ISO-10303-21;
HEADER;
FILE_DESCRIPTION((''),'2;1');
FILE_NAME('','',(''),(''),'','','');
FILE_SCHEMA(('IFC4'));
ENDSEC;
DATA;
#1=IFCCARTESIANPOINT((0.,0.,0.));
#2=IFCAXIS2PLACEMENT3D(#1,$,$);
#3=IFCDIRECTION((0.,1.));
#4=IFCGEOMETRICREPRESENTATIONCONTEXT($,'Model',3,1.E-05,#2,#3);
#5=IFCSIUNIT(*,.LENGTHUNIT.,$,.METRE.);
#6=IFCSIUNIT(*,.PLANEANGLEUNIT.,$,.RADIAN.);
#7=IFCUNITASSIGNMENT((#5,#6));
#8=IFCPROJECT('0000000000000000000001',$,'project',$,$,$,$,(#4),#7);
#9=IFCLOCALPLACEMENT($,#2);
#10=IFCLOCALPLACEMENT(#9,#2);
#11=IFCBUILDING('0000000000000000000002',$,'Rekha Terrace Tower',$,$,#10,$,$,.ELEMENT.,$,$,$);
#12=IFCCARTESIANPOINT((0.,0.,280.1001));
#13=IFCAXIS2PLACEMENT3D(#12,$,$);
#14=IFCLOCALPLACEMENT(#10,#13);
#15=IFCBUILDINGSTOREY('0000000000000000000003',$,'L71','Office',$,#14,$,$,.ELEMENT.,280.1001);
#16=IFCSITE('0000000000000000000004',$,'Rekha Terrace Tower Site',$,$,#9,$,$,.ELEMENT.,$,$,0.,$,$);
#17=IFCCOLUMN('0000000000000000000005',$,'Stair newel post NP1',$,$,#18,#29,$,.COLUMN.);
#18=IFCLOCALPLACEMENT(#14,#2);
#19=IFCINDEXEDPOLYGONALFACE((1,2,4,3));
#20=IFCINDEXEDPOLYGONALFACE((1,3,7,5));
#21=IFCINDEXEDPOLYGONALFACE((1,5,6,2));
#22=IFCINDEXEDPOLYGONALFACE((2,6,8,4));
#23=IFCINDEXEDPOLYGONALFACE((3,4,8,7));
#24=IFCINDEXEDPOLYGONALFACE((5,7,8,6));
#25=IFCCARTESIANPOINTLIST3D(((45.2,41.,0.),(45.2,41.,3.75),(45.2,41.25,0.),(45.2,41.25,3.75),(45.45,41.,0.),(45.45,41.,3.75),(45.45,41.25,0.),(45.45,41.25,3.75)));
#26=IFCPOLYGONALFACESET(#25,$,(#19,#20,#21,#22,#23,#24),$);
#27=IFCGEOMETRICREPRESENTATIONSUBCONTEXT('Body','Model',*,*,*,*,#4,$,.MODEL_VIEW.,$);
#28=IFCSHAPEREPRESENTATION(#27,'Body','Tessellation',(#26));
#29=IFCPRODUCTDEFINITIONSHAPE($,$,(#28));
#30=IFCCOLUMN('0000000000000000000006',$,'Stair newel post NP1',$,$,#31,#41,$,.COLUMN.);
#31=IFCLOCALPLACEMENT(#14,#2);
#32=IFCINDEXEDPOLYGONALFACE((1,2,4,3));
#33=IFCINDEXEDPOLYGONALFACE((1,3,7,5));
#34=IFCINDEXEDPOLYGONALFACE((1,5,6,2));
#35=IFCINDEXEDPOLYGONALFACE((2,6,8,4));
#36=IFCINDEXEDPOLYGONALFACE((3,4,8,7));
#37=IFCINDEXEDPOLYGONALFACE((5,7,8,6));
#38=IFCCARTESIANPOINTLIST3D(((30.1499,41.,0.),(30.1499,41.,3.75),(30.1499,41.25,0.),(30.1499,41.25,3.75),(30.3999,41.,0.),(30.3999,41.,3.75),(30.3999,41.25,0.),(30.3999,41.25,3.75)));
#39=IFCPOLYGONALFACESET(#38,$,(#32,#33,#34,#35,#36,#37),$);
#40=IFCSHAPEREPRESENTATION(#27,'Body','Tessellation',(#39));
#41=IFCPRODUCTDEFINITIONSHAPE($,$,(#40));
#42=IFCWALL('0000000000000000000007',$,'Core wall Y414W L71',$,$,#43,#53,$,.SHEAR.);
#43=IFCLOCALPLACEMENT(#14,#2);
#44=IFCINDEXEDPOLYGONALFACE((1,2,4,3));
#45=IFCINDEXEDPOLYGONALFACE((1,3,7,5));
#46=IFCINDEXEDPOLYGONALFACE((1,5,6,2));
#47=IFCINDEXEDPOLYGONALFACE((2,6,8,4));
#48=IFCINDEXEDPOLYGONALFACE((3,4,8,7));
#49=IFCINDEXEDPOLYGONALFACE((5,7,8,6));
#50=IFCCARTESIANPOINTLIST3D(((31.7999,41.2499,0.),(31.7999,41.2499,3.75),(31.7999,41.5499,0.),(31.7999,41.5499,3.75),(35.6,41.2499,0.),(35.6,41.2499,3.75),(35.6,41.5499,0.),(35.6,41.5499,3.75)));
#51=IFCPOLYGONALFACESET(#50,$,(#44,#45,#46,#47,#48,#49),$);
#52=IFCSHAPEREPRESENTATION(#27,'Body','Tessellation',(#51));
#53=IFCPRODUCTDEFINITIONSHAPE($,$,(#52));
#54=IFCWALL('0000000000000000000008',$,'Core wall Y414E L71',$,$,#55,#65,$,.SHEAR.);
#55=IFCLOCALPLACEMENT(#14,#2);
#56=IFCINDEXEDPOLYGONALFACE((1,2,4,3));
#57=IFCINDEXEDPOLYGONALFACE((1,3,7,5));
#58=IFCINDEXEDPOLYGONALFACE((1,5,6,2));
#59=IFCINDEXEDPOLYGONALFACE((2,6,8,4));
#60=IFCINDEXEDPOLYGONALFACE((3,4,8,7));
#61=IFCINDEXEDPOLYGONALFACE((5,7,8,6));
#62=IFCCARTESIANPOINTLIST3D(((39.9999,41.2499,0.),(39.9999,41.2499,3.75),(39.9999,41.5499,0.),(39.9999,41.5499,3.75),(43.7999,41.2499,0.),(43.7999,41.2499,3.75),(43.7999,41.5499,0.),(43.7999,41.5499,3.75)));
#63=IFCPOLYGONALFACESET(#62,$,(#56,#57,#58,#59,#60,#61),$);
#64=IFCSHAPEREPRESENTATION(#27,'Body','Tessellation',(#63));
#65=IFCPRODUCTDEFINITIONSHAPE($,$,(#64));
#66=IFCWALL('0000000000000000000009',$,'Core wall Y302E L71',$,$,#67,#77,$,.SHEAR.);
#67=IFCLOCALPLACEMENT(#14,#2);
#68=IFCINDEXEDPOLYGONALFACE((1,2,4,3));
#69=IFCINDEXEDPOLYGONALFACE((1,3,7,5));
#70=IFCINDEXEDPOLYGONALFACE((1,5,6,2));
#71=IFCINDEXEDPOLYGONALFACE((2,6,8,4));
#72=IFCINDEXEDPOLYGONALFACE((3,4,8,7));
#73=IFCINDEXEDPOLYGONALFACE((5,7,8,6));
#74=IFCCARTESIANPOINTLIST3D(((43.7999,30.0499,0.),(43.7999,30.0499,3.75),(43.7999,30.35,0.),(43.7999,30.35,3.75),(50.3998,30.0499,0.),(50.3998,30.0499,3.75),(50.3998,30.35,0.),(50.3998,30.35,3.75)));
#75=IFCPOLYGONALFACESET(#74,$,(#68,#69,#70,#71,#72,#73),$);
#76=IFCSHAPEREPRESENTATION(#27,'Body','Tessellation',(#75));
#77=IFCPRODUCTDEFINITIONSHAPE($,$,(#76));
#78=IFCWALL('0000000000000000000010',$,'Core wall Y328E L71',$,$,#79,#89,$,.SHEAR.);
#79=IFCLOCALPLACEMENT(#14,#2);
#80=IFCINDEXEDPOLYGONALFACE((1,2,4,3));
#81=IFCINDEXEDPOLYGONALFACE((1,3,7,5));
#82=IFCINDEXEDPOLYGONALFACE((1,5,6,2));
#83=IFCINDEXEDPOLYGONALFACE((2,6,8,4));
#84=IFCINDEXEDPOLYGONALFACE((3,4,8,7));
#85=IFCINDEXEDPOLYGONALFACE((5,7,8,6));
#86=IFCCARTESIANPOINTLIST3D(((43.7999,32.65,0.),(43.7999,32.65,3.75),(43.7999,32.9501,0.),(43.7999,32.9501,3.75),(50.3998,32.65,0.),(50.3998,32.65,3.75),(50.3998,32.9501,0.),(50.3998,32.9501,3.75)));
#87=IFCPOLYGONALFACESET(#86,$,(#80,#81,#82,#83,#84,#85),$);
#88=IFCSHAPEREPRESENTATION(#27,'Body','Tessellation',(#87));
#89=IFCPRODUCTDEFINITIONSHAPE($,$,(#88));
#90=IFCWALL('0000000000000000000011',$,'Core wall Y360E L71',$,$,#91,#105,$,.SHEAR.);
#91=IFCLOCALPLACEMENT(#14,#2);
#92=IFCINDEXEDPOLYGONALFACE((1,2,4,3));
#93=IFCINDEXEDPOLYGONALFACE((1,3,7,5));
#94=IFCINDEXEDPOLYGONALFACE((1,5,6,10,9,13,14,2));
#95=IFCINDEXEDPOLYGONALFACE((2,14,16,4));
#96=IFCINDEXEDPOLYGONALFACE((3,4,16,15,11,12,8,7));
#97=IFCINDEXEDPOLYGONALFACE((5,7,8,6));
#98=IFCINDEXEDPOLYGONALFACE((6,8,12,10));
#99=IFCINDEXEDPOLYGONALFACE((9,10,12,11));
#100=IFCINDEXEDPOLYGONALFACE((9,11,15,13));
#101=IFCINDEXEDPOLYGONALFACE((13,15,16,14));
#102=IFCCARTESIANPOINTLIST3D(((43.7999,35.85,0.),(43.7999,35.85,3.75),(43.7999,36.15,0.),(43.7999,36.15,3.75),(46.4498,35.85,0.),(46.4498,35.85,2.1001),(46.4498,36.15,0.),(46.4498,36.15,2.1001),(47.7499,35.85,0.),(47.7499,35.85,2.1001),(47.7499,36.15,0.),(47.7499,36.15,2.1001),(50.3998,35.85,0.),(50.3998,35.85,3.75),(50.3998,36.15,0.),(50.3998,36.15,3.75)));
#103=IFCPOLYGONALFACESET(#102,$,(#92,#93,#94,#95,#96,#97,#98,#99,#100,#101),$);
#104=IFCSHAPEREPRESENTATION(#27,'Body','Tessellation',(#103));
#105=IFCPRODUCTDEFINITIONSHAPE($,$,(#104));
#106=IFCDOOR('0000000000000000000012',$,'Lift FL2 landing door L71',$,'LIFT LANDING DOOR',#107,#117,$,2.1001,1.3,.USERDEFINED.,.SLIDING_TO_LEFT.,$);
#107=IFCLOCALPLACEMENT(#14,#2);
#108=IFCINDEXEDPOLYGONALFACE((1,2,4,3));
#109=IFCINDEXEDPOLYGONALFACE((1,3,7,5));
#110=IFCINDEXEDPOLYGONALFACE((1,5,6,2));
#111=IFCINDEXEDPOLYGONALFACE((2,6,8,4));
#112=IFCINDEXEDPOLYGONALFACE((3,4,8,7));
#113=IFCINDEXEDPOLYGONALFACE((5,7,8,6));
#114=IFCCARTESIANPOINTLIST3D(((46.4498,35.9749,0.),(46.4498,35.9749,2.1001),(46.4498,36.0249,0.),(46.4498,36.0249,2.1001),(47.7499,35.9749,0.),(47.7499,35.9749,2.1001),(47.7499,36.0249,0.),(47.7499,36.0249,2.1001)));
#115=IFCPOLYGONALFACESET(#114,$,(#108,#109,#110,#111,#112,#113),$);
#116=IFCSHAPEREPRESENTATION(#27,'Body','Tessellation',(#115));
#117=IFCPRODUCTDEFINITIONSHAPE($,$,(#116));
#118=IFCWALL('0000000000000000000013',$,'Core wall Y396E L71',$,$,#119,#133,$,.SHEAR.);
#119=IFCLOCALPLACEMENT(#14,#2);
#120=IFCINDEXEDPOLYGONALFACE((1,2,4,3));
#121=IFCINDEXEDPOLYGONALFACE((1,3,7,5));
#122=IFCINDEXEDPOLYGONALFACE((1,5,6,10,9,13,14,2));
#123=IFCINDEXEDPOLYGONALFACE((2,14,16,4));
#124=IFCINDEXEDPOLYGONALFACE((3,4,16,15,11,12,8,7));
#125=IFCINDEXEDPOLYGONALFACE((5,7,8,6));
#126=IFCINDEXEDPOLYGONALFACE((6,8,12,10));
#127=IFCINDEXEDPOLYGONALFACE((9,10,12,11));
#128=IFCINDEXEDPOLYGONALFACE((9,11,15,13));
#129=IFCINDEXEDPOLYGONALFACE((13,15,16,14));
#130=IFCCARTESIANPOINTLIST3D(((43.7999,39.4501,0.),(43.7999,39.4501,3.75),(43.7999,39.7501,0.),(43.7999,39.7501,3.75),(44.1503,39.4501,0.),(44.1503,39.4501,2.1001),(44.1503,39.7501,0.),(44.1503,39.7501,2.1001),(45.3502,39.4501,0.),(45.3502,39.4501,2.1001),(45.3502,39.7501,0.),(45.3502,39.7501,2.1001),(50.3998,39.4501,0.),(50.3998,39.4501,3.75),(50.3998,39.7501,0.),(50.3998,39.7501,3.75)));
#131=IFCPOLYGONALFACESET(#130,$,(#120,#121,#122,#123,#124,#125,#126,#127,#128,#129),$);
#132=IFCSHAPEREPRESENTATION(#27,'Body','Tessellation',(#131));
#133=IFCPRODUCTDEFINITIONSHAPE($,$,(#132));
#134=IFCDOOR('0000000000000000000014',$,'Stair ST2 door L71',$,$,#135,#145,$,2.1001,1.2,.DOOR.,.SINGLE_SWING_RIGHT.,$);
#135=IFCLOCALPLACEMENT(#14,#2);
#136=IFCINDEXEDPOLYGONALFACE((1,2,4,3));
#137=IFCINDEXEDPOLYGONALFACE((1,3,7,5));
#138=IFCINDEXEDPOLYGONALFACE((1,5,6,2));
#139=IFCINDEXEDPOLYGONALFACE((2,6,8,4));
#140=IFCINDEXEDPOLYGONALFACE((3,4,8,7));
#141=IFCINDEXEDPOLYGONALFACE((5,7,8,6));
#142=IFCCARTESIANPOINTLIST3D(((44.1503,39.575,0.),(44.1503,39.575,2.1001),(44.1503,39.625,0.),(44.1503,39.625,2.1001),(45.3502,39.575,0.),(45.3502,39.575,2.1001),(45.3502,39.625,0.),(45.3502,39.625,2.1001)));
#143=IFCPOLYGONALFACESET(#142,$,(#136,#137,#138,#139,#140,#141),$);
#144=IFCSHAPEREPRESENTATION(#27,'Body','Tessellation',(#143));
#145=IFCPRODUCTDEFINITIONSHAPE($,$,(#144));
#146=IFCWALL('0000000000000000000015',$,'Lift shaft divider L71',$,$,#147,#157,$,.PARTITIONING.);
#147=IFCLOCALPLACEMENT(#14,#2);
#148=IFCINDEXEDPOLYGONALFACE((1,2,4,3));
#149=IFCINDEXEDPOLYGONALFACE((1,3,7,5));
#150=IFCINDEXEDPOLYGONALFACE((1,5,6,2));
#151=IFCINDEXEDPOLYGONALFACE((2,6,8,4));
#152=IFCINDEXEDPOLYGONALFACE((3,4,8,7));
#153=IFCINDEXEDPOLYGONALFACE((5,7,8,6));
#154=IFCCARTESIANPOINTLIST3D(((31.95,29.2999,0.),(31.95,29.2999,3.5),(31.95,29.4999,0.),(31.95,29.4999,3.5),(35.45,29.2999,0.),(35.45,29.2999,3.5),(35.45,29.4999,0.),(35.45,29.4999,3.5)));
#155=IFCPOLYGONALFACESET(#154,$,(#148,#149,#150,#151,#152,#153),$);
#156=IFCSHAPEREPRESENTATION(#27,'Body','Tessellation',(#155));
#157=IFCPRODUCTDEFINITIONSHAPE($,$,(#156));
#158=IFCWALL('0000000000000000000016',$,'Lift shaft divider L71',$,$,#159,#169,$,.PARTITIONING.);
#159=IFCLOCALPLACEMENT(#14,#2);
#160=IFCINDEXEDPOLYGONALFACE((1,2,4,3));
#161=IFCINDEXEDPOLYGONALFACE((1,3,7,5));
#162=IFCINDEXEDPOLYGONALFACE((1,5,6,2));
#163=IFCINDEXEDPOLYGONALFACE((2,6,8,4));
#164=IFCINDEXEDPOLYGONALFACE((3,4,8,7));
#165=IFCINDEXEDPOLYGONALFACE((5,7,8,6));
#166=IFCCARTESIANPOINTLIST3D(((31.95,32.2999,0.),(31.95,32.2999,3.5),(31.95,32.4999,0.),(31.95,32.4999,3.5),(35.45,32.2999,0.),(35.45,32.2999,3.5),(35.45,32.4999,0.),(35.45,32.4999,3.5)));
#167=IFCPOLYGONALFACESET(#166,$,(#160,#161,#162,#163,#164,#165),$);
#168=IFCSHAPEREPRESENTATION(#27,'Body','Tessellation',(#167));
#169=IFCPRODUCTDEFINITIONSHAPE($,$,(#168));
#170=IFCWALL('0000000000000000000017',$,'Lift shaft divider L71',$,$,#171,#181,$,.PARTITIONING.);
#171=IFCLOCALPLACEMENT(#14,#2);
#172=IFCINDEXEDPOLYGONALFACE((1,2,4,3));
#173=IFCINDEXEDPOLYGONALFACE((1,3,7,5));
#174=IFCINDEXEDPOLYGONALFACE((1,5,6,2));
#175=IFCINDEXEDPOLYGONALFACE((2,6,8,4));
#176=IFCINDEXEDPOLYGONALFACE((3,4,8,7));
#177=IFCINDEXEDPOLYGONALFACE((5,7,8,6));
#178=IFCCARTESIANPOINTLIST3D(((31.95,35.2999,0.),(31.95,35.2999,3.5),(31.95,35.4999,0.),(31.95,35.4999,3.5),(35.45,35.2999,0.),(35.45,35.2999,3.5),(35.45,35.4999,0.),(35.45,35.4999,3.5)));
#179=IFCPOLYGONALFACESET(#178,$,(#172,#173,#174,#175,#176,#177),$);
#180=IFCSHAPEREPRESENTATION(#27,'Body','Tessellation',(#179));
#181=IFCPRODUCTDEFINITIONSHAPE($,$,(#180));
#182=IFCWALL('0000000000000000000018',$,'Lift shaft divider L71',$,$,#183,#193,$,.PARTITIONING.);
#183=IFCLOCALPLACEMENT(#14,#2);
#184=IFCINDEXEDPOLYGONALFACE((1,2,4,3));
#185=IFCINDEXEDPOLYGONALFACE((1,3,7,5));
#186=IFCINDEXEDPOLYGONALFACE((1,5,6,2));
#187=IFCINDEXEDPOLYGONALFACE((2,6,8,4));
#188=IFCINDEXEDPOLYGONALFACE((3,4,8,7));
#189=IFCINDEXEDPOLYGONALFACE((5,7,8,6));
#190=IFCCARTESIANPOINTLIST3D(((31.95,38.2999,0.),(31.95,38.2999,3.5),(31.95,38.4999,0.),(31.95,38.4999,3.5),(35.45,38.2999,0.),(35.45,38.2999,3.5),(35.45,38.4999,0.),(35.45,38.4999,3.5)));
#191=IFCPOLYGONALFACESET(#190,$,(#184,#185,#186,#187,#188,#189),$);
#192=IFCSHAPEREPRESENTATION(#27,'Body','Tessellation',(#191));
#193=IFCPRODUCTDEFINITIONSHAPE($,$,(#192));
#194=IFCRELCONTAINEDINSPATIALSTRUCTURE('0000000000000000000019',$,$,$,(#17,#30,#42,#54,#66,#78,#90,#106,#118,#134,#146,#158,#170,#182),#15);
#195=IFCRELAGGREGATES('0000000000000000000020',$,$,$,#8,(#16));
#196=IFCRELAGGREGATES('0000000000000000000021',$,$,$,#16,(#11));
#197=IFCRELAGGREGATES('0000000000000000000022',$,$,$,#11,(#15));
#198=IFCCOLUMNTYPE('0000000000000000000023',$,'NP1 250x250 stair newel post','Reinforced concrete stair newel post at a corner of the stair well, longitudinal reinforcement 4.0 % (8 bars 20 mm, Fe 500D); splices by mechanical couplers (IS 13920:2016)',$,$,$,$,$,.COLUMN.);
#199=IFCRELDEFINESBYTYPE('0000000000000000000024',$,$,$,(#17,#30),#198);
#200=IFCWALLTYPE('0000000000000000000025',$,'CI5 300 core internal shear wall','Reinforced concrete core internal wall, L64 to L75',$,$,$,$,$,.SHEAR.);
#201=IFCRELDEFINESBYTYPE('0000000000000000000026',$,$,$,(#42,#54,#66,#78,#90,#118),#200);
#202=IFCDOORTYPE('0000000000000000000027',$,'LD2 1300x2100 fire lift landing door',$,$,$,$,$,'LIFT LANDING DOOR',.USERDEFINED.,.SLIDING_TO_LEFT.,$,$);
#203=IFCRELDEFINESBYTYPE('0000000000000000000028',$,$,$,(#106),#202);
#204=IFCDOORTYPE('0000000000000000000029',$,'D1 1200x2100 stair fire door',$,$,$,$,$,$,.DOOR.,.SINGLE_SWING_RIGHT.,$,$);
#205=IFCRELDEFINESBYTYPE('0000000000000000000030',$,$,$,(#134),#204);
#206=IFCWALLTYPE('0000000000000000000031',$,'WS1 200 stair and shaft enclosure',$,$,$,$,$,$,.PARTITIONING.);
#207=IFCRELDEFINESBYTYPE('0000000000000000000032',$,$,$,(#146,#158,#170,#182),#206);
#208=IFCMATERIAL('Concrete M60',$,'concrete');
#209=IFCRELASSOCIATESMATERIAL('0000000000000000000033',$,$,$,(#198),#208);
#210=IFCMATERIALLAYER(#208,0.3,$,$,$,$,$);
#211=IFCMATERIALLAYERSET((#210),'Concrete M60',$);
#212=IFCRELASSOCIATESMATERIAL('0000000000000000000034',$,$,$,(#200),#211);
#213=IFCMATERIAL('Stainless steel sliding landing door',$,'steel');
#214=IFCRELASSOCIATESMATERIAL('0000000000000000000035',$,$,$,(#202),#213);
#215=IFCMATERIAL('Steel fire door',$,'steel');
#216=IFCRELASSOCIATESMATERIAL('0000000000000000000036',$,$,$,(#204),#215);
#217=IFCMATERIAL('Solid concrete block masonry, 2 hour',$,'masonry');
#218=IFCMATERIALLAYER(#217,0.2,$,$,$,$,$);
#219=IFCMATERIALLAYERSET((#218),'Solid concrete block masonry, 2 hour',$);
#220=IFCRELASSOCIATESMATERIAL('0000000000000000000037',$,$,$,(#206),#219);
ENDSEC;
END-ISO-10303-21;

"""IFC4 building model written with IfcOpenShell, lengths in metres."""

from ifc_helpers import new_model, si_unit, direction, frame, frame_2d, origin, origin_2d, place, context, subcontext, project, spatial, rectangle, extrude, material, layer, layer_set, material_profile, profile_set, type_object, element, fill, save


model = new_model("IFC4")

# Units and contexts
model_context = context("Model", 3, precision=1e-05, world=origin(), true_north=direction((0.0, 1.0)))
body_context = subcontext(model_context, "Body", "Model", "MODEL_VIEW")
ifc_project = project(units=[si_unit("LENGTHUNIT", "METRE"), si_unit("PLANEANGLEUNIT", "RADIAN")], contexts=[model_context])

# Site, building, storey
site_placement = place(None, origin())
site = spatial("IfcSite", under=ifc_project, at=site_placement, Name="Rekha Terrace Tower Site", CompositionType="ELEMENT", RefElevation=0.0)
building_placement = place(site_placement, origin())
building = spatial("IfcBuilding", under=site, at=building_placement, Name="Rekha Terrace Tower", CompositionType="ELEMENT")
storey_placement = place(building_placement, frame((0.0, 0.0, 280.1001)))
storey = spatial("IfcBuildingStorey", under=building, at=storey_placement, Name="L71", Description="Office", CompositionType="ELEMENT", Elevation=280.1001)

# Columns
ifc_material_1 = material(Name="Concrete M60", Category="concrete")
ifc_material_profile = material_profile(ifc_material_1, rectangle(XDim=0.25, YDim=0.25, at=origin_2d()), Name="RC 250x250")
ifc_profile_set = profile_set([ifc_material_profile], Name="Concrete M60")
column_type = type_object("IfcColumnType", Name="NP1 250x250 stair newel post", Description="Reinforced concrete stair newel post at a corner of the stair well, longitudinal reinforcement 4.0 % (8 bars 20 mm, Fe 500D); splices by mechanical couplers (IS 13920:2016)", PredefinedType="COLUMN", material=ifc_profile_set)
for number, where, z_axis, x_axis, name in (
    (1, (45.325, 41.125, 0.0), (0.0, 0.0, 1.0), (1.0, 0.0, 0.0), "Stair newel post NP1"),
    (2, (30.2749, 41.125, 0.0), (0.0, 0.0, 1.0), (1.0, 0.0, 0.0), "Stair newel post NP1"),
):
    element("IfcColumn", number, at=place(storey_placement, frame(where, z_axis=z_axis, x_axis=x_axis)), inside=storey, type_object=column_type, Name=name, PredefinedType="COLUMN", context=body_context, shape_type="SweptSolid", body=[
        extrude(rectangle(XDim=0.25, YDim=0.25, at=origin_2d()), origin(), (0.0, 0.0, 1.0), 3.75),
    ])

# Walls
ifc_layer_1 = layer(ifc_material_1, 0.3)
ifc_layer_set_1 = layer_set([ifc_layer_1], Name="Concrete M60")
wall_type_1 = type_object("IfcWallType", Name="CI5 300 core internal shear wall", Description="Reinforced concrete core internal wall, L64 to L75", PredefinedType="SHEAR", material=ifc_layer_set_1)
for number, where, z_axis, x_axis, name in (
    (3, (31.8, 41.3999, 0.0), (0.0, 0.0, 1.0), (1.0, 0.0, 0.0), "Core wall Y414W L71"),
    (4, (40.0, 41.3999, 0.0), (0.0, 0.0, 1.0), (1.0, 0.0, 0.0), "Core wall Y414E L71"),
):
    element("IfcWall", number, at=place(storey_placement, frame(where, z_axis=z_axis, x_axis=x_axis)), inside=storey, type_object=wall_type_1, Name=name, PredefinedType="SHEAR", context=body_context, shape_type="SweptSolid", body=[
        extrude(rectangle(XDim=3.8, YDim=0.3, at=frame_2d((1.8999, 0.0))), origin(), (0.0, 0.0, 1.0), 3.75),
    ])
for number, where, z_axis, x_axis, name in (
    (5, (43.8, 30.2, 0.0), (0.0, 0.0, 1.0), (1.0, 0.0, 0.0), "Core wall Y302E L71"),
    (6, (43.8, 32.8, 0.0), (0.0, 0.0, 1.0), (1.0, 0.0, 0.0), "Core wall Y328E L71"),
):
    element("IfcWall", number, at=place(storey_placement, frame(where, z_axis=z_axis, x_axis=x_axis)), inside=storey, type_object=wall_type_1, Name=name, PredefinedType="SHEAR", context=body_context, shape_type="SweptSolid", body=[
        extrude(rectangle(XDim=6.5999, YDim=0.3, at=frame_2d((3.2998, 0.0))), origin(), (0.0, 0.0, 1.0), 3.75),
    ])

# Walls, openings, doors
wall_1_placement = place(storey_placement, frame((43.8, 36.0, 0.0), z_axis=(0.0, 0.0, 1.0), x_axis=(1.0, 0.0, 0.0)))
wall_1 = element("IfcWall", 7, at=wall_1_placement, inside=storey, type_object=wall_type_1, Name="Core wall Y360E L71", PredefinedType="SHEAR", context=body_context, shape_type="SweptSolid", body=[
    extrude(rectangle(XDim=6.5999, YDim=0.3, at=frame_2d((3.2998, 0.0))), origin(), (0.0, 0.0, 1.0), 3.75),
])
opening_1_placement = place(wall_1_placement, frame((2.6499, 0.0, 0.0)))
opening_1 = element("IfcOpeningElement", 8, at=opening_1_placement, cuts=wall_1, PredefinedType="OPENING", context=body_context, shape_type="SweptSolid", body=[
    extrude(rectangle(XDim=1.3, YDim=2.1001, at=frame_2d((0.6499, 1.05))), frame((0.0, 0.1599, 0.0), z_axis=(0.0, -1.0, 0.0), x_axis=(1.0, 0.0, 0.0)), (0.0, 0.0, 1.0), 0.3201),
])
ifc_material_2 = material(Name="Stainless steel sliding landing door", Category="steel")
door_type_1 = type_object("IfcDoorType", Name="LD2 1300x2100 fire lift landing door", ElementType="LIFT LANDING DOOR", OperationType="SLIDING_TO_LEFT", PredefinedType="USERDEFINED", material=ifc_material_2)
door_1_placement = place(opening_1_placement, origin())
door_1 = element("IfcDoor", 9, at=door_1_placement, inside=storey, type_object=door_type_1, Name="Lift FL2 landing door L71", ObjectType="LIFT LANDING DOOR", OperationType="SLIDING_TO_LEFT", OverallHeight=2.1001, OverallWidth=1.3, PredefinedType="USERDEFINED", context=body_context, shape_type="SweptSolid", body=[
    extrude(rectangle(XDim=1.3, YDim=2.1001, at=frame_2d((0.6499, 1.05))), frame((0.0, 0.0249, 0.0), z_axis=(0.0, -1.0, 0.0), x_axis=(1.0, 0.0, 0.0)), (0.0, 0.0, 1.0), 0.05),
])
fill(opening_1, door_1)
wall_2_placement = place(storey_placement, frame((43.8, 39.6001, 0.0), z_axis=(0.0, 0.0, 1.0), x_axis=(1.0, 0.0, 0.0)))
wall_2 = element("IfcWall", 10, at=wall_2_placement, inside=storey, type_object=wall_type_1, Name="Core wall Y396E L71", PredefinedType="SHEAR", context=body_context, shape_type="SweptSolid", body=[
    extrude(rectangle(XDim=6.5999, YDim=0.3, at=frame_2d((3.2998, 0.0))), origin(), (0.0, 0.0, 1.0), 3.75),
])
opening_2_placement = place(wall_2_placement, frame((0.3501, 0.0, 0.0)))
opening_2 = element("IfcOpeningElement", 11, at=opening_2_placement, cuts=wall_2, PredefinedType="OPENING", context=body_context, shape_type="SweptSolid", body=[
    extrude(rectangle(XDim=1.2, YDim=2.1001, at=frame_2d((0.6001, 1.05))), frame((0.0, 0.1599, 0.0), z_axis=(0.0, -1.0, 0.0), x_axis=(1.0, 0.0, 0.0)), (0.0, 0.0, 1.0), 0.3201),
])
ifc_material_3 = material(Name="Steel fire door", Category="steel")
door_type_2 = type_object("IfcDoorType", Name="D1 1200x2100 stair fire door", OperationType="SINGLE_SWING_RIGHT", PredefinedType="DOOR", material=ifc_material_3)
door_2_placement = place(opening_2_placement, origin())
door_2 = element("IfcDoor", 12, at=door_2_placement, inside=storey, type_object=door_type_2, Name="Stair ST2 door L71", OperationType="SINGLE_SWING_RIGHT", OverallHeight=2.1001, OverallWidth=1.2, PredefinedType="DOOR", context=body_context, shape_type="SweptSolid", body=[
    extrude(rectangle(XDim=1.2, YDim=2.1001, at=frame_2d((0.6001, 1.05))), frame((0.0, 0.0249, 0.0), z_axis=(0.0, -1.0, 0.0), x_axis=(1.0, 0.0, 0.0)), (0.0, 0.0, 1.0), 0.05),
])
fill(opening_2, door_2)

# Walls
ifc_material_4 = material(Name="Solid concrete block masonry, 2 hour", Category="masonry")
ifc_layer_2 = layer(ifc_material_4, 0.2)
ifc_layer_set_2 = layer_set([ifc_layer_2], Name="Solid concrete block masonry, 2 hour")
wall_type_2 = type_object("IfcWallType", Name="WS1 200 stair and shaft enclosure", PredefinedType="PARTITIONING", material=ifc_layer_set_2)
for number, where, z_axis, x_axis, name in (
    (13, (31.95, 29.3999, 0.0), (0.0, 0.0, 1.0), (1.0, 0.0, 0.0), "Lift shaft divider L71"),
    (14, (31.95, 32.3999, 0.0), (0.0, 0.0, 1.0), (1.0, 0.0, 0.0), "Lift shaft divider L71"),
    (15, (31.95, 35.3999, 0.0), (0.0, 0.0, 1.0), (1.0, 0.0, 0.0), "Lift shaft divider L71"),
    (16, (31.95, 38.3999, 0.0), (0.0, 0.0, 1.0), (1.0, 0.0, 0.0), "Lift shaft divider L71"),
):
    element("IfcWall", number, at=place(storey_placement, frame(where, z_axis=z_axis, x_axis=x_axis)), inside=storey, type_object=wall_type_2, Name=name, PredefinedType="PARTITIONING", context=body_context, shape_type="SweptSolid", body=[
        extrude(rectangle(XDim=3.5, YDim=0.2, at=frame_2d((1.75, 0.0))), origin(), (0.0, 0.0, 1.0), 3.5),
    ])

save(model, "model.ifc")
